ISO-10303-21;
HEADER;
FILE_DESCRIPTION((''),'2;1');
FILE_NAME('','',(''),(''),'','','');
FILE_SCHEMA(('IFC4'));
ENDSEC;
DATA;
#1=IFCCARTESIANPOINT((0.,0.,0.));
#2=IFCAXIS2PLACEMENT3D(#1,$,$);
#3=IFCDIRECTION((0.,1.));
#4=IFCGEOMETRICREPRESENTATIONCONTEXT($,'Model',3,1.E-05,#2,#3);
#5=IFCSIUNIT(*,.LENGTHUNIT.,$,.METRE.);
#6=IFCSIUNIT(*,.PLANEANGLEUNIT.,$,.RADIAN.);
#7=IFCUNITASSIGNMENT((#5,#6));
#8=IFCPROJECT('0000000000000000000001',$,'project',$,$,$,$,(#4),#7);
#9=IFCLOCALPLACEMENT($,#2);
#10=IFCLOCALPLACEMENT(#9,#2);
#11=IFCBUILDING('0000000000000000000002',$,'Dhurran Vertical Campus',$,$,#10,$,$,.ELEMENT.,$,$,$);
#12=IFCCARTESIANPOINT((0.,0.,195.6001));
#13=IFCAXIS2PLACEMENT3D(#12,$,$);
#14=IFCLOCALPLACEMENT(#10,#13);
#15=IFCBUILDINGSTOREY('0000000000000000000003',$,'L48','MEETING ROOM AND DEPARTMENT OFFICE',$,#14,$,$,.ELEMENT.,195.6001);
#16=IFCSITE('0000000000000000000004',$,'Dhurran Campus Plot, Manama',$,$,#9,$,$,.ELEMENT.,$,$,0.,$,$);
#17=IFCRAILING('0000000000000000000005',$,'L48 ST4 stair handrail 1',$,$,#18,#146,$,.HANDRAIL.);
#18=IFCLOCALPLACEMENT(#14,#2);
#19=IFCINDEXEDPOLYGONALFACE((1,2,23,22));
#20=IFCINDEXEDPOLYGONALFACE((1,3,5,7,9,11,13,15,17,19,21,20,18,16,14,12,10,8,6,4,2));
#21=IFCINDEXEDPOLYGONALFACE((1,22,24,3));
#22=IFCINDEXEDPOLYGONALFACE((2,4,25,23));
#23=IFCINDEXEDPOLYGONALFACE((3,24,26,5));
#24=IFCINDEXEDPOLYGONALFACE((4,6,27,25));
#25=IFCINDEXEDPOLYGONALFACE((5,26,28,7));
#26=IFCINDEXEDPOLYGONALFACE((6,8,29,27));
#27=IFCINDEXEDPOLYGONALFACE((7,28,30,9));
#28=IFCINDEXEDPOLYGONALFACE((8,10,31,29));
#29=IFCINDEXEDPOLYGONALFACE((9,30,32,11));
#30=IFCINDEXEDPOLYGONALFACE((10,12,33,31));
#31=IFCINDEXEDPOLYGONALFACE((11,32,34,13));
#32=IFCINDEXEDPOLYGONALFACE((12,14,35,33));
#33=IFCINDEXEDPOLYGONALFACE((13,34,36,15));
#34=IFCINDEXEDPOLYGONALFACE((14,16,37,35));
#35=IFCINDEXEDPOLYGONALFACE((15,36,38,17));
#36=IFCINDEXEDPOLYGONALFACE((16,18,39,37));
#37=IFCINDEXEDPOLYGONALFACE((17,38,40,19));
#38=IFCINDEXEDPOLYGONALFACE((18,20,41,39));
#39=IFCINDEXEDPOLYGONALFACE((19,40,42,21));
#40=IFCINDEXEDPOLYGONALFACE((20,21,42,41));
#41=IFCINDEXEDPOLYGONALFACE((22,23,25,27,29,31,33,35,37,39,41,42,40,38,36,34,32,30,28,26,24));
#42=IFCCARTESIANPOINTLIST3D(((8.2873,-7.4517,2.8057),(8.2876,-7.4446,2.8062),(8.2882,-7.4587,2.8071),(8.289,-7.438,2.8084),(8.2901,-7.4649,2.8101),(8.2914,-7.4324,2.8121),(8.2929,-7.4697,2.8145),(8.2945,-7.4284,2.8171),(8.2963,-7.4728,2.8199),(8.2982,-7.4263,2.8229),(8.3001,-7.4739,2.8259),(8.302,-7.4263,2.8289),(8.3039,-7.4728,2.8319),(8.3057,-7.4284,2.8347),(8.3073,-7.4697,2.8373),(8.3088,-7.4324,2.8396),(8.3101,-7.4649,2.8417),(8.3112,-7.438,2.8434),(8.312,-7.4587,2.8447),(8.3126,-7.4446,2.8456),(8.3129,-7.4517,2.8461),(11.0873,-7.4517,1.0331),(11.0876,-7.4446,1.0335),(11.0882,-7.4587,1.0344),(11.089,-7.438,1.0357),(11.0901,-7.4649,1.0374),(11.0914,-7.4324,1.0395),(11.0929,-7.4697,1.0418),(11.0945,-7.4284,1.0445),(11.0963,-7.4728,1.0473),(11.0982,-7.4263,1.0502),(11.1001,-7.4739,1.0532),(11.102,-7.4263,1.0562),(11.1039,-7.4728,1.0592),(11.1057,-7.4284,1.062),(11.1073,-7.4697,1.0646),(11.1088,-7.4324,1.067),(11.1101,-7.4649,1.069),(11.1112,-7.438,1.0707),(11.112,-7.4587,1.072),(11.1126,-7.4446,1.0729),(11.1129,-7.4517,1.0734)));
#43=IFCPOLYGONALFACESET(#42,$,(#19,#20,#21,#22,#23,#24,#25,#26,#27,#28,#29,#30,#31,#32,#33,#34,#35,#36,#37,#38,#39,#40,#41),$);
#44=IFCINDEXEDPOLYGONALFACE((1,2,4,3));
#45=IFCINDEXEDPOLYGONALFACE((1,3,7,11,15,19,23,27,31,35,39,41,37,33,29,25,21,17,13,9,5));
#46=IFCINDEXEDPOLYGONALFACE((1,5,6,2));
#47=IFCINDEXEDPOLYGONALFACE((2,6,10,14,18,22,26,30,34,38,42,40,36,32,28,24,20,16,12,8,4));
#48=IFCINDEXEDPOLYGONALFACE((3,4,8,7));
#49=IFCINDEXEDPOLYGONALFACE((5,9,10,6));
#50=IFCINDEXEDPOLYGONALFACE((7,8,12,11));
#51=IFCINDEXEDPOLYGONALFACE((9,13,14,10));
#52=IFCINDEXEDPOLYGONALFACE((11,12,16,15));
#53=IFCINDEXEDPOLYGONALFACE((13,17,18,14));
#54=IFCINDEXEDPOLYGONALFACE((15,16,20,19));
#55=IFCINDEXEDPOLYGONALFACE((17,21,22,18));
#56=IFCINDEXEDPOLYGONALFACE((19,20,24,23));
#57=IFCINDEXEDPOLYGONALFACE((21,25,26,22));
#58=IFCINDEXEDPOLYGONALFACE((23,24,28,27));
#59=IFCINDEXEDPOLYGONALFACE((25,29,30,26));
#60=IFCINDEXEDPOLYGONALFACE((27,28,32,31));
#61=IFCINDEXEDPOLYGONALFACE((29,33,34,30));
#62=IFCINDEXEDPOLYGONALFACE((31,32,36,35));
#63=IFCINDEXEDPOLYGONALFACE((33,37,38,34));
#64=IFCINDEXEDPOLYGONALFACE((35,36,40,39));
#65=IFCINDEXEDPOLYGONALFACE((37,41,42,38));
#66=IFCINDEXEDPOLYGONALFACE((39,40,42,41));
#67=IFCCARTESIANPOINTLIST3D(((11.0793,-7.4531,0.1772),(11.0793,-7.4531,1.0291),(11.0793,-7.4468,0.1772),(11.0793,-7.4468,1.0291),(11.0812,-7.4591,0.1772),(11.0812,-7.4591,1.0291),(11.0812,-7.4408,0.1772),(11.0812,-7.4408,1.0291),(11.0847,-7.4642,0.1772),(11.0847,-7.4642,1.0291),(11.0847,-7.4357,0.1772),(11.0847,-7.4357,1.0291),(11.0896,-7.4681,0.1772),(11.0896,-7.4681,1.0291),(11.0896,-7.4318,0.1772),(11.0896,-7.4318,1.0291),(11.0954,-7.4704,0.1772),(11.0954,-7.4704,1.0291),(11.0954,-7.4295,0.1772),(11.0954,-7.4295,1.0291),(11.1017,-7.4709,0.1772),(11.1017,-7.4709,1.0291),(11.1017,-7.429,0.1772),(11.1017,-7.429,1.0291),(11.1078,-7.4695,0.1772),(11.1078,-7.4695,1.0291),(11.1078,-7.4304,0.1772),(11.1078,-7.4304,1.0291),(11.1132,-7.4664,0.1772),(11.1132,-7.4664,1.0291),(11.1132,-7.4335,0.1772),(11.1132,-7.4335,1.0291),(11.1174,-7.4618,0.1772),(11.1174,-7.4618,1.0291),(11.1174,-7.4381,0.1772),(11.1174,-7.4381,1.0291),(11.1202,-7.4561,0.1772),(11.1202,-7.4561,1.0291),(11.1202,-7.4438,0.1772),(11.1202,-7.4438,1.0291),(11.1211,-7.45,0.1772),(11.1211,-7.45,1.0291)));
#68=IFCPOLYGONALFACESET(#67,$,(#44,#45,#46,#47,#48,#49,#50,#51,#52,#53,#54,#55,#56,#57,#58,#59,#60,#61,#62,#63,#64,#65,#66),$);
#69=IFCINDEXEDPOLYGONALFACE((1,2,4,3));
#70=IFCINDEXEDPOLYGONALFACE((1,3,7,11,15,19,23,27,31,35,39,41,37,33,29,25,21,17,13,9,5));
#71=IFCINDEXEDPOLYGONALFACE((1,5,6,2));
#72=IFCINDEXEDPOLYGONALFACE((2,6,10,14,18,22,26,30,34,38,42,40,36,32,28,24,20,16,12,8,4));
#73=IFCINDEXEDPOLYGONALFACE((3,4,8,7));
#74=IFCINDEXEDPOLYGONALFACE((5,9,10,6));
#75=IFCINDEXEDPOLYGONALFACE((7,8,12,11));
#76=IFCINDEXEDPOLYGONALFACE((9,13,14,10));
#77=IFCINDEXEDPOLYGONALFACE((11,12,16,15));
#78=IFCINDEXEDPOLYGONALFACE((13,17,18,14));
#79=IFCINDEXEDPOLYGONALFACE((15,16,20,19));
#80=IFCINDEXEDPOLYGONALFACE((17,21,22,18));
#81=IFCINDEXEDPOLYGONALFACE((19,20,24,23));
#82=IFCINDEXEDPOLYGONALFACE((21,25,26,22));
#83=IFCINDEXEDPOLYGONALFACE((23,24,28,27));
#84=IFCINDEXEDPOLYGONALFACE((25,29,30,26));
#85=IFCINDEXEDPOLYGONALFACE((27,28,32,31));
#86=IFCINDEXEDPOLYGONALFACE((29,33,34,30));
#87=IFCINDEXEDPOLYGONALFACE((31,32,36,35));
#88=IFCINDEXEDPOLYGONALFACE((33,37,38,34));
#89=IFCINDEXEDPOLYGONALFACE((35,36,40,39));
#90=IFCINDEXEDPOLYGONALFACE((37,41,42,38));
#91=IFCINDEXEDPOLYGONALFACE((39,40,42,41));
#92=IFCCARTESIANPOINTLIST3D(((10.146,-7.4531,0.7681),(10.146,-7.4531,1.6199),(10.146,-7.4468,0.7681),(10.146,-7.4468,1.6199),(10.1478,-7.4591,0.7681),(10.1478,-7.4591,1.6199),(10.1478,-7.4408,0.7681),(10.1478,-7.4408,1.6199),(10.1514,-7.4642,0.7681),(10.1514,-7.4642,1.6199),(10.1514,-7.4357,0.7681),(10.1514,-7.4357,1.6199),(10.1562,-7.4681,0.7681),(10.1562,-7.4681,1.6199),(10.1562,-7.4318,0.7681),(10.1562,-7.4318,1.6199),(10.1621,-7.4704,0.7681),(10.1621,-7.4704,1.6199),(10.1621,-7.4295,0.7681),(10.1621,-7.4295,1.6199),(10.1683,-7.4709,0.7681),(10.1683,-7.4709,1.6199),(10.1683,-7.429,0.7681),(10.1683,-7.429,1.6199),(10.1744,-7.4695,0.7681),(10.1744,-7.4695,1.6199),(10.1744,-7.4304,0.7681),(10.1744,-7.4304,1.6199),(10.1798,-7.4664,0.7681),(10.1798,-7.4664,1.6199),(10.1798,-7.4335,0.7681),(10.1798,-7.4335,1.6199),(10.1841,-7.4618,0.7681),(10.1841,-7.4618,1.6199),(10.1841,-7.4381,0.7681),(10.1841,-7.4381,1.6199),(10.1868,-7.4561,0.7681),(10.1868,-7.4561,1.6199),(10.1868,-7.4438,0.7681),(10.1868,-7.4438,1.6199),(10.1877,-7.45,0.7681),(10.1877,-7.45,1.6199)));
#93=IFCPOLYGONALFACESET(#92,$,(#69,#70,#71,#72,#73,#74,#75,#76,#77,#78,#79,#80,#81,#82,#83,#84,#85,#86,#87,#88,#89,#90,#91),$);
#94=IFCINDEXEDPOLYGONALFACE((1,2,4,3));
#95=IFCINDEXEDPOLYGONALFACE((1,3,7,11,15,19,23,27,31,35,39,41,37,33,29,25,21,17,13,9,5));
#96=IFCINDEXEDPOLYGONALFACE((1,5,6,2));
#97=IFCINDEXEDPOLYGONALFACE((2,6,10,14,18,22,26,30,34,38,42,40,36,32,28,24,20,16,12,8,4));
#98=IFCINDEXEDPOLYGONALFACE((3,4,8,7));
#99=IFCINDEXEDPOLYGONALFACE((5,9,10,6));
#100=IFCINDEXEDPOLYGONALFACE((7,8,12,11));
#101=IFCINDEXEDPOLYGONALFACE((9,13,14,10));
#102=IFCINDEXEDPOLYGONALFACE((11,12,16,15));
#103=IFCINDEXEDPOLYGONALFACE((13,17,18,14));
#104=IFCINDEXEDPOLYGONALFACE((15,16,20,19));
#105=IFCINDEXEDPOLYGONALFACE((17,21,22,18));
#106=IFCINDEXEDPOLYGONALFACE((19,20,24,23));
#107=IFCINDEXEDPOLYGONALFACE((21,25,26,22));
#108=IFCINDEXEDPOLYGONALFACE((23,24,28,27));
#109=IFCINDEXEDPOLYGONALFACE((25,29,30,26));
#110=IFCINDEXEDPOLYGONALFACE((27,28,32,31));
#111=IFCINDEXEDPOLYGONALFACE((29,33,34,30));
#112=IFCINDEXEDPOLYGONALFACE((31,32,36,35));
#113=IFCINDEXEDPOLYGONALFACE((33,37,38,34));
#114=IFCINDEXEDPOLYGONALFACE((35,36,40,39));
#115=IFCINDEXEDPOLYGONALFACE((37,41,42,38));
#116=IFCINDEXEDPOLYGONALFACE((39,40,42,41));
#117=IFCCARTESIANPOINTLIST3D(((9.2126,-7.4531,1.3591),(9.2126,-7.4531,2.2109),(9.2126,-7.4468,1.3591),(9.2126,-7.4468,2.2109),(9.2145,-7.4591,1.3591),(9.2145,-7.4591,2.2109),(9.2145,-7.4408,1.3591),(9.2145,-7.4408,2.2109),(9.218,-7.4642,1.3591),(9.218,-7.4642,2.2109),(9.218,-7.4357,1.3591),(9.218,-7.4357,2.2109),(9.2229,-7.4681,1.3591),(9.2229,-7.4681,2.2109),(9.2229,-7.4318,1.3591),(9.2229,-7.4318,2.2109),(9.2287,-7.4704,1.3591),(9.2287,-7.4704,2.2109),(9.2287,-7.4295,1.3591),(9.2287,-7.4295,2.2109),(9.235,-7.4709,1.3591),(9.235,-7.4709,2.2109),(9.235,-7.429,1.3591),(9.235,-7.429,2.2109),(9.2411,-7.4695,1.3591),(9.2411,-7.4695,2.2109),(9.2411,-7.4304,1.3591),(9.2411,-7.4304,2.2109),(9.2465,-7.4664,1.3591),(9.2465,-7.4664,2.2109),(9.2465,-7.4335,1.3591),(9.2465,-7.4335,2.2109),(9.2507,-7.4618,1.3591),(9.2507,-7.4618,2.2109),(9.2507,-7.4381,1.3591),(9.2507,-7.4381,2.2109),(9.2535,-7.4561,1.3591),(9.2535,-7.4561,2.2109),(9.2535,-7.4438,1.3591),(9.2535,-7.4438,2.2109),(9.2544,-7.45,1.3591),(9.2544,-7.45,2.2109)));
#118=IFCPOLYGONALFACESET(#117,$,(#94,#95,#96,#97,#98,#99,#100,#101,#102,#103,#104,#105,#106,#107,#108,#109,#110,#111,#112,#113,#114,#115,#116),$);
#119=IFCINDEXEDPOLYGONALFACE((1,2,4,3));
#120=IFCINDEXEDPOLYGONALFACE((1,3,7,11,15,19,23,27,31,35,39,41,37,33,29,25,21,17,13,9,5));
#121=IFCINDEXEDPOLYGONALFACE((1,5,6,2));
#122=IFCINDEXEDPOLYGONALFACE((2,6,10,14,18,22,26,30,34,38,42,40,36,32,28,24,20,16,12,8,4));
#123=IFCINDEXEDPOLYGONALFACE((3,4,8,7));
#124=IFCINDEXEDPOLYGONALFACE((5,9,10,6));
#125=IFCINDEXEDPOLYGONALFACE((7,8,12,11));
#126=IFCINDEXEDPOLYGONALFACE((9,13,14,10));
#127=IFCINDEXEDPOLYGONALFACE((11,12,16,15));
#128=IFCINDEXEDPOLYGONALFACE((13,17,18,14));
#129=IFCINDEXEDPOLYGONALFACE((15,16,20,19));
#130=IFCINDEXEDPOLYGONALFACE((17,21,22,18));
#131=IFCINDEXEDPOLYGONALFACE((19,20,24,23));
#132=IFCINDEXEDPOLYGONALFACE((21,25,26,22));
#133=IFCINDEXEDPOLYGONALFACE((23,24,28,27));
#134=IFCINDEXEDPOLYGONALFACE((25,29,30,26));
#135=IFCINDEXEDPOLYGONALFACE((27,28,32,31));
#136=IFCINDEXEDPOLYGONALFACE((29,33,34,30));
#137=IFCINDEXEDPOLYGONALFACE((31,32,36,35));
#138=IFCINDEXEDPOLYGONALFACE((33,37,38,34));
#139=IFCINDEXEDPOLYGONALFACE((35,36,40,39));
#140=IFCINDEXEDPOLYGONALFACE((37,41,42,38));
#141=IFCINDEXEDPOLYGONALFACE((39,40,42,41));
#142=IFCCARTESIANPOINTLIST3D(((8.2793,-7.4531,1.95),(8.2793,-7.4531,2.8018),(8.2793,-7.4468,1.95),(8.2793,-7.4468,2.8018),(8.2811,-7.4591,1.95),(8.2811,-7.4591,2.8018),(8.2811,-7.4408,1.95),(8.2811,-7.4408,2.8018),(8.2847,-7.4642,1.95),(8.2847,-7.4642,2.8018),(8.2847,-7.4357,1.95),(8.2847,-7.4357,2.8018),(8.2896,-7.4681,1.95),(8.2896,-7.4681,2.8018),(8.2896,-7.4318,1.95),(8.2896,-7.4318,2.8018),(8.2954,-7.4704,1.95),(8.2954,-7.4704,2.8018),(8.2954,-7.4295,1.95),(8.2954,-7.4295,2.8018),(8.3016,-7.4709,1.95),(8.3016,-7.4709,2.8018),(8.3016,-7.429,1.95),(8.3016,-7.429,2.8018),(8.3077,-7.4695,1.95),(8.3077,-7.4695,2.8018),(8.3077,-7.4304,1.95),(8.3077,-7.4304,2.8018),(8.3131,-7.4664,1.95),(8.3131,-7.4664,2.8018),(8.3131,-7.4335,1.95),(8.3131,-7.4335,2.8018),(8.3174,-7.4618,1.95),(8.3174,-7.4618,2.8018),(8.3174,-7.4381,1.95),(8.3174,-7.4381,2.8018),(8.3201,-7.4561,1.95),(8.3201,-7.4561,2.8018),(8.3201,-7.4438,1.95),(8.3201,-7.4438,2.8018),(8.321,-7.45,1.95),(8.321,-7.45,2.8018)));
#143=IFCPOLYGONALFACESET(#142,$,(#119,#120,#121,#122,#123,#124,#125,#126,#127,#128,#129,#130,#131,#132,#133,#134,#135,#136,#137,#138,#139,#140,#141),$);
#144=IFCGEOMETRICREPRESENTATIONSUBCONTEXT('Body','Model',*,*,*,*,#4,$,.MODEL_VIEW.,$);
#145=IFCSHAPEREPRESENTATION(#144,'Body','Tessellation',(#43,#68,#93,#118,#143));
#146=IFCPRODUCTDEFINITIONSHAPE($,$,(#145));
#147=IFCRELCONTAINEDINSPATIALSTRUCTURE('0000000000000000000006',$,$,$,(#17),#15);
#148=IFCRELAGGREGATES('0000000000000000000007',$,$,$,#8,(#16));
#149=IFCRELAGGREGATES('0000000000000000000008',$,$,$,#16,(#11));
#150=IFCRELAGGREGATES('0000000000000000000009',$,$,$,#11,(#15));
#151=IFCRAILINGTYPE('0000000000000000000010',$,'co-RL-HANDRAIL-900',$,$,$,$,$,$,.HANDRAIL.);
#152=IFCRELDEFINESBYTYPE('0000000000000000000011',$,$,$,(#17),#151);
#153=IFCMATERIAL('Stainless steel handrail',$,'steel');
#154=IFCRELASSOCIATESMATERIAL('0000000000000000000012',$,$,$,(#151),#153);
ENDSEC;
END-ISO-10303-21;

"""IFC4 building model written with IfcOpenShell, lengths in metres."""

from ifc_helpers import new_model, si_unit, direction, frame, origin, origin_2d, place, context, subcontext, project, spatial, circle, extrude, material, type_object, element, save


model = new_model("IFC4")

# Units and contexts
model_context = context("Model", 3, precision=1e-05, world=origin(), true_north=direction((0.0, 1.0)))
body_context = subcontext(model_context, "Body", "Model", "MODEL_VIEW")
ifc_project = project(units=[si_unit("LENGTHUNIT", "METRE"), si_unit("PLANEANGLEUNIT", "RADIAN")], contexts=[model_context])

# Site, building, storey
site_placement = place(None, origin())
site = spatial("IfcSite", under=ifc_project, at=site_placement, Name="Dhurran Campus Plot, Manama", CompositionType="ELEMENT", RefElevation=0.0)
building_placement = place(site_placement, origin())
building = spatial("IfcBuilding", under=site, at=building_placement, Name="Dhurran Vertical Campus", CompositionType="ELEMENT")
storey_placement = place(building_placement, frame((0.0, 0.0, 195.6001)))
storey = spatial("IfcBuildingStorey", under=building, at=storey_placement, Name="L48", Description="MEETING ROOM AND DEPARTMENT OFFICE", CompositionType="ELEMENT", Elevation=195.6001)

# Railing
ifc_material_1 = material(Name="Stainless steel handrail", Category="steel")
railing_type_1 = type_object("IfcRailingType", Name="co-RL-HANDRAIL-900", PredefinedType="HANDRAIL", material=ifc_material_1)
railing_1_placement = place(storey_placement, frame((11.1001, -7.45, 0.1772)))
element("IfcRailing", 1, at=railing_1_placement, inside=storey, type_object=railing_type_1, Name="L48 ST4 stair handrail 1", PredefinedType="HANDRAIL", context=body_context, shape_type="SweptSolid", body=[
    extrude(circle(Radius=0.0239, at=origin_2d()), frame((0.0, 0.0, 0.876), z_axis=(-0.844909, 0.0, 0.53491), x_axis=(0.0, -1.0, 0.0)), (0.0, 0.0, 1.0), 3.314),
    extrude(circle(Radius=0.021, at=origin_2d()), origin(), (0.0, 0.0, 1.0), 0.8518),
    extrude(circle(Radius=0.021, at=origin_2d()), frame((-0.9333, 0.0, 0.5908)), (0.0, 0.0, 1.0), 0.8518),
    extrude(circle(Radius=0.021, at=origin_2d()), frame((-1.8667, 0.0, 1.1819)), (0.0, 0.0, 1.0), 0.8518),
    extrude(circle(Radius=0.021, at=origin_2d()), frame((-2.8, 0.0, 1.7727)), (0.0, 0.0, 1.0), 0.8518),
])

save(model, "model.ifc")
